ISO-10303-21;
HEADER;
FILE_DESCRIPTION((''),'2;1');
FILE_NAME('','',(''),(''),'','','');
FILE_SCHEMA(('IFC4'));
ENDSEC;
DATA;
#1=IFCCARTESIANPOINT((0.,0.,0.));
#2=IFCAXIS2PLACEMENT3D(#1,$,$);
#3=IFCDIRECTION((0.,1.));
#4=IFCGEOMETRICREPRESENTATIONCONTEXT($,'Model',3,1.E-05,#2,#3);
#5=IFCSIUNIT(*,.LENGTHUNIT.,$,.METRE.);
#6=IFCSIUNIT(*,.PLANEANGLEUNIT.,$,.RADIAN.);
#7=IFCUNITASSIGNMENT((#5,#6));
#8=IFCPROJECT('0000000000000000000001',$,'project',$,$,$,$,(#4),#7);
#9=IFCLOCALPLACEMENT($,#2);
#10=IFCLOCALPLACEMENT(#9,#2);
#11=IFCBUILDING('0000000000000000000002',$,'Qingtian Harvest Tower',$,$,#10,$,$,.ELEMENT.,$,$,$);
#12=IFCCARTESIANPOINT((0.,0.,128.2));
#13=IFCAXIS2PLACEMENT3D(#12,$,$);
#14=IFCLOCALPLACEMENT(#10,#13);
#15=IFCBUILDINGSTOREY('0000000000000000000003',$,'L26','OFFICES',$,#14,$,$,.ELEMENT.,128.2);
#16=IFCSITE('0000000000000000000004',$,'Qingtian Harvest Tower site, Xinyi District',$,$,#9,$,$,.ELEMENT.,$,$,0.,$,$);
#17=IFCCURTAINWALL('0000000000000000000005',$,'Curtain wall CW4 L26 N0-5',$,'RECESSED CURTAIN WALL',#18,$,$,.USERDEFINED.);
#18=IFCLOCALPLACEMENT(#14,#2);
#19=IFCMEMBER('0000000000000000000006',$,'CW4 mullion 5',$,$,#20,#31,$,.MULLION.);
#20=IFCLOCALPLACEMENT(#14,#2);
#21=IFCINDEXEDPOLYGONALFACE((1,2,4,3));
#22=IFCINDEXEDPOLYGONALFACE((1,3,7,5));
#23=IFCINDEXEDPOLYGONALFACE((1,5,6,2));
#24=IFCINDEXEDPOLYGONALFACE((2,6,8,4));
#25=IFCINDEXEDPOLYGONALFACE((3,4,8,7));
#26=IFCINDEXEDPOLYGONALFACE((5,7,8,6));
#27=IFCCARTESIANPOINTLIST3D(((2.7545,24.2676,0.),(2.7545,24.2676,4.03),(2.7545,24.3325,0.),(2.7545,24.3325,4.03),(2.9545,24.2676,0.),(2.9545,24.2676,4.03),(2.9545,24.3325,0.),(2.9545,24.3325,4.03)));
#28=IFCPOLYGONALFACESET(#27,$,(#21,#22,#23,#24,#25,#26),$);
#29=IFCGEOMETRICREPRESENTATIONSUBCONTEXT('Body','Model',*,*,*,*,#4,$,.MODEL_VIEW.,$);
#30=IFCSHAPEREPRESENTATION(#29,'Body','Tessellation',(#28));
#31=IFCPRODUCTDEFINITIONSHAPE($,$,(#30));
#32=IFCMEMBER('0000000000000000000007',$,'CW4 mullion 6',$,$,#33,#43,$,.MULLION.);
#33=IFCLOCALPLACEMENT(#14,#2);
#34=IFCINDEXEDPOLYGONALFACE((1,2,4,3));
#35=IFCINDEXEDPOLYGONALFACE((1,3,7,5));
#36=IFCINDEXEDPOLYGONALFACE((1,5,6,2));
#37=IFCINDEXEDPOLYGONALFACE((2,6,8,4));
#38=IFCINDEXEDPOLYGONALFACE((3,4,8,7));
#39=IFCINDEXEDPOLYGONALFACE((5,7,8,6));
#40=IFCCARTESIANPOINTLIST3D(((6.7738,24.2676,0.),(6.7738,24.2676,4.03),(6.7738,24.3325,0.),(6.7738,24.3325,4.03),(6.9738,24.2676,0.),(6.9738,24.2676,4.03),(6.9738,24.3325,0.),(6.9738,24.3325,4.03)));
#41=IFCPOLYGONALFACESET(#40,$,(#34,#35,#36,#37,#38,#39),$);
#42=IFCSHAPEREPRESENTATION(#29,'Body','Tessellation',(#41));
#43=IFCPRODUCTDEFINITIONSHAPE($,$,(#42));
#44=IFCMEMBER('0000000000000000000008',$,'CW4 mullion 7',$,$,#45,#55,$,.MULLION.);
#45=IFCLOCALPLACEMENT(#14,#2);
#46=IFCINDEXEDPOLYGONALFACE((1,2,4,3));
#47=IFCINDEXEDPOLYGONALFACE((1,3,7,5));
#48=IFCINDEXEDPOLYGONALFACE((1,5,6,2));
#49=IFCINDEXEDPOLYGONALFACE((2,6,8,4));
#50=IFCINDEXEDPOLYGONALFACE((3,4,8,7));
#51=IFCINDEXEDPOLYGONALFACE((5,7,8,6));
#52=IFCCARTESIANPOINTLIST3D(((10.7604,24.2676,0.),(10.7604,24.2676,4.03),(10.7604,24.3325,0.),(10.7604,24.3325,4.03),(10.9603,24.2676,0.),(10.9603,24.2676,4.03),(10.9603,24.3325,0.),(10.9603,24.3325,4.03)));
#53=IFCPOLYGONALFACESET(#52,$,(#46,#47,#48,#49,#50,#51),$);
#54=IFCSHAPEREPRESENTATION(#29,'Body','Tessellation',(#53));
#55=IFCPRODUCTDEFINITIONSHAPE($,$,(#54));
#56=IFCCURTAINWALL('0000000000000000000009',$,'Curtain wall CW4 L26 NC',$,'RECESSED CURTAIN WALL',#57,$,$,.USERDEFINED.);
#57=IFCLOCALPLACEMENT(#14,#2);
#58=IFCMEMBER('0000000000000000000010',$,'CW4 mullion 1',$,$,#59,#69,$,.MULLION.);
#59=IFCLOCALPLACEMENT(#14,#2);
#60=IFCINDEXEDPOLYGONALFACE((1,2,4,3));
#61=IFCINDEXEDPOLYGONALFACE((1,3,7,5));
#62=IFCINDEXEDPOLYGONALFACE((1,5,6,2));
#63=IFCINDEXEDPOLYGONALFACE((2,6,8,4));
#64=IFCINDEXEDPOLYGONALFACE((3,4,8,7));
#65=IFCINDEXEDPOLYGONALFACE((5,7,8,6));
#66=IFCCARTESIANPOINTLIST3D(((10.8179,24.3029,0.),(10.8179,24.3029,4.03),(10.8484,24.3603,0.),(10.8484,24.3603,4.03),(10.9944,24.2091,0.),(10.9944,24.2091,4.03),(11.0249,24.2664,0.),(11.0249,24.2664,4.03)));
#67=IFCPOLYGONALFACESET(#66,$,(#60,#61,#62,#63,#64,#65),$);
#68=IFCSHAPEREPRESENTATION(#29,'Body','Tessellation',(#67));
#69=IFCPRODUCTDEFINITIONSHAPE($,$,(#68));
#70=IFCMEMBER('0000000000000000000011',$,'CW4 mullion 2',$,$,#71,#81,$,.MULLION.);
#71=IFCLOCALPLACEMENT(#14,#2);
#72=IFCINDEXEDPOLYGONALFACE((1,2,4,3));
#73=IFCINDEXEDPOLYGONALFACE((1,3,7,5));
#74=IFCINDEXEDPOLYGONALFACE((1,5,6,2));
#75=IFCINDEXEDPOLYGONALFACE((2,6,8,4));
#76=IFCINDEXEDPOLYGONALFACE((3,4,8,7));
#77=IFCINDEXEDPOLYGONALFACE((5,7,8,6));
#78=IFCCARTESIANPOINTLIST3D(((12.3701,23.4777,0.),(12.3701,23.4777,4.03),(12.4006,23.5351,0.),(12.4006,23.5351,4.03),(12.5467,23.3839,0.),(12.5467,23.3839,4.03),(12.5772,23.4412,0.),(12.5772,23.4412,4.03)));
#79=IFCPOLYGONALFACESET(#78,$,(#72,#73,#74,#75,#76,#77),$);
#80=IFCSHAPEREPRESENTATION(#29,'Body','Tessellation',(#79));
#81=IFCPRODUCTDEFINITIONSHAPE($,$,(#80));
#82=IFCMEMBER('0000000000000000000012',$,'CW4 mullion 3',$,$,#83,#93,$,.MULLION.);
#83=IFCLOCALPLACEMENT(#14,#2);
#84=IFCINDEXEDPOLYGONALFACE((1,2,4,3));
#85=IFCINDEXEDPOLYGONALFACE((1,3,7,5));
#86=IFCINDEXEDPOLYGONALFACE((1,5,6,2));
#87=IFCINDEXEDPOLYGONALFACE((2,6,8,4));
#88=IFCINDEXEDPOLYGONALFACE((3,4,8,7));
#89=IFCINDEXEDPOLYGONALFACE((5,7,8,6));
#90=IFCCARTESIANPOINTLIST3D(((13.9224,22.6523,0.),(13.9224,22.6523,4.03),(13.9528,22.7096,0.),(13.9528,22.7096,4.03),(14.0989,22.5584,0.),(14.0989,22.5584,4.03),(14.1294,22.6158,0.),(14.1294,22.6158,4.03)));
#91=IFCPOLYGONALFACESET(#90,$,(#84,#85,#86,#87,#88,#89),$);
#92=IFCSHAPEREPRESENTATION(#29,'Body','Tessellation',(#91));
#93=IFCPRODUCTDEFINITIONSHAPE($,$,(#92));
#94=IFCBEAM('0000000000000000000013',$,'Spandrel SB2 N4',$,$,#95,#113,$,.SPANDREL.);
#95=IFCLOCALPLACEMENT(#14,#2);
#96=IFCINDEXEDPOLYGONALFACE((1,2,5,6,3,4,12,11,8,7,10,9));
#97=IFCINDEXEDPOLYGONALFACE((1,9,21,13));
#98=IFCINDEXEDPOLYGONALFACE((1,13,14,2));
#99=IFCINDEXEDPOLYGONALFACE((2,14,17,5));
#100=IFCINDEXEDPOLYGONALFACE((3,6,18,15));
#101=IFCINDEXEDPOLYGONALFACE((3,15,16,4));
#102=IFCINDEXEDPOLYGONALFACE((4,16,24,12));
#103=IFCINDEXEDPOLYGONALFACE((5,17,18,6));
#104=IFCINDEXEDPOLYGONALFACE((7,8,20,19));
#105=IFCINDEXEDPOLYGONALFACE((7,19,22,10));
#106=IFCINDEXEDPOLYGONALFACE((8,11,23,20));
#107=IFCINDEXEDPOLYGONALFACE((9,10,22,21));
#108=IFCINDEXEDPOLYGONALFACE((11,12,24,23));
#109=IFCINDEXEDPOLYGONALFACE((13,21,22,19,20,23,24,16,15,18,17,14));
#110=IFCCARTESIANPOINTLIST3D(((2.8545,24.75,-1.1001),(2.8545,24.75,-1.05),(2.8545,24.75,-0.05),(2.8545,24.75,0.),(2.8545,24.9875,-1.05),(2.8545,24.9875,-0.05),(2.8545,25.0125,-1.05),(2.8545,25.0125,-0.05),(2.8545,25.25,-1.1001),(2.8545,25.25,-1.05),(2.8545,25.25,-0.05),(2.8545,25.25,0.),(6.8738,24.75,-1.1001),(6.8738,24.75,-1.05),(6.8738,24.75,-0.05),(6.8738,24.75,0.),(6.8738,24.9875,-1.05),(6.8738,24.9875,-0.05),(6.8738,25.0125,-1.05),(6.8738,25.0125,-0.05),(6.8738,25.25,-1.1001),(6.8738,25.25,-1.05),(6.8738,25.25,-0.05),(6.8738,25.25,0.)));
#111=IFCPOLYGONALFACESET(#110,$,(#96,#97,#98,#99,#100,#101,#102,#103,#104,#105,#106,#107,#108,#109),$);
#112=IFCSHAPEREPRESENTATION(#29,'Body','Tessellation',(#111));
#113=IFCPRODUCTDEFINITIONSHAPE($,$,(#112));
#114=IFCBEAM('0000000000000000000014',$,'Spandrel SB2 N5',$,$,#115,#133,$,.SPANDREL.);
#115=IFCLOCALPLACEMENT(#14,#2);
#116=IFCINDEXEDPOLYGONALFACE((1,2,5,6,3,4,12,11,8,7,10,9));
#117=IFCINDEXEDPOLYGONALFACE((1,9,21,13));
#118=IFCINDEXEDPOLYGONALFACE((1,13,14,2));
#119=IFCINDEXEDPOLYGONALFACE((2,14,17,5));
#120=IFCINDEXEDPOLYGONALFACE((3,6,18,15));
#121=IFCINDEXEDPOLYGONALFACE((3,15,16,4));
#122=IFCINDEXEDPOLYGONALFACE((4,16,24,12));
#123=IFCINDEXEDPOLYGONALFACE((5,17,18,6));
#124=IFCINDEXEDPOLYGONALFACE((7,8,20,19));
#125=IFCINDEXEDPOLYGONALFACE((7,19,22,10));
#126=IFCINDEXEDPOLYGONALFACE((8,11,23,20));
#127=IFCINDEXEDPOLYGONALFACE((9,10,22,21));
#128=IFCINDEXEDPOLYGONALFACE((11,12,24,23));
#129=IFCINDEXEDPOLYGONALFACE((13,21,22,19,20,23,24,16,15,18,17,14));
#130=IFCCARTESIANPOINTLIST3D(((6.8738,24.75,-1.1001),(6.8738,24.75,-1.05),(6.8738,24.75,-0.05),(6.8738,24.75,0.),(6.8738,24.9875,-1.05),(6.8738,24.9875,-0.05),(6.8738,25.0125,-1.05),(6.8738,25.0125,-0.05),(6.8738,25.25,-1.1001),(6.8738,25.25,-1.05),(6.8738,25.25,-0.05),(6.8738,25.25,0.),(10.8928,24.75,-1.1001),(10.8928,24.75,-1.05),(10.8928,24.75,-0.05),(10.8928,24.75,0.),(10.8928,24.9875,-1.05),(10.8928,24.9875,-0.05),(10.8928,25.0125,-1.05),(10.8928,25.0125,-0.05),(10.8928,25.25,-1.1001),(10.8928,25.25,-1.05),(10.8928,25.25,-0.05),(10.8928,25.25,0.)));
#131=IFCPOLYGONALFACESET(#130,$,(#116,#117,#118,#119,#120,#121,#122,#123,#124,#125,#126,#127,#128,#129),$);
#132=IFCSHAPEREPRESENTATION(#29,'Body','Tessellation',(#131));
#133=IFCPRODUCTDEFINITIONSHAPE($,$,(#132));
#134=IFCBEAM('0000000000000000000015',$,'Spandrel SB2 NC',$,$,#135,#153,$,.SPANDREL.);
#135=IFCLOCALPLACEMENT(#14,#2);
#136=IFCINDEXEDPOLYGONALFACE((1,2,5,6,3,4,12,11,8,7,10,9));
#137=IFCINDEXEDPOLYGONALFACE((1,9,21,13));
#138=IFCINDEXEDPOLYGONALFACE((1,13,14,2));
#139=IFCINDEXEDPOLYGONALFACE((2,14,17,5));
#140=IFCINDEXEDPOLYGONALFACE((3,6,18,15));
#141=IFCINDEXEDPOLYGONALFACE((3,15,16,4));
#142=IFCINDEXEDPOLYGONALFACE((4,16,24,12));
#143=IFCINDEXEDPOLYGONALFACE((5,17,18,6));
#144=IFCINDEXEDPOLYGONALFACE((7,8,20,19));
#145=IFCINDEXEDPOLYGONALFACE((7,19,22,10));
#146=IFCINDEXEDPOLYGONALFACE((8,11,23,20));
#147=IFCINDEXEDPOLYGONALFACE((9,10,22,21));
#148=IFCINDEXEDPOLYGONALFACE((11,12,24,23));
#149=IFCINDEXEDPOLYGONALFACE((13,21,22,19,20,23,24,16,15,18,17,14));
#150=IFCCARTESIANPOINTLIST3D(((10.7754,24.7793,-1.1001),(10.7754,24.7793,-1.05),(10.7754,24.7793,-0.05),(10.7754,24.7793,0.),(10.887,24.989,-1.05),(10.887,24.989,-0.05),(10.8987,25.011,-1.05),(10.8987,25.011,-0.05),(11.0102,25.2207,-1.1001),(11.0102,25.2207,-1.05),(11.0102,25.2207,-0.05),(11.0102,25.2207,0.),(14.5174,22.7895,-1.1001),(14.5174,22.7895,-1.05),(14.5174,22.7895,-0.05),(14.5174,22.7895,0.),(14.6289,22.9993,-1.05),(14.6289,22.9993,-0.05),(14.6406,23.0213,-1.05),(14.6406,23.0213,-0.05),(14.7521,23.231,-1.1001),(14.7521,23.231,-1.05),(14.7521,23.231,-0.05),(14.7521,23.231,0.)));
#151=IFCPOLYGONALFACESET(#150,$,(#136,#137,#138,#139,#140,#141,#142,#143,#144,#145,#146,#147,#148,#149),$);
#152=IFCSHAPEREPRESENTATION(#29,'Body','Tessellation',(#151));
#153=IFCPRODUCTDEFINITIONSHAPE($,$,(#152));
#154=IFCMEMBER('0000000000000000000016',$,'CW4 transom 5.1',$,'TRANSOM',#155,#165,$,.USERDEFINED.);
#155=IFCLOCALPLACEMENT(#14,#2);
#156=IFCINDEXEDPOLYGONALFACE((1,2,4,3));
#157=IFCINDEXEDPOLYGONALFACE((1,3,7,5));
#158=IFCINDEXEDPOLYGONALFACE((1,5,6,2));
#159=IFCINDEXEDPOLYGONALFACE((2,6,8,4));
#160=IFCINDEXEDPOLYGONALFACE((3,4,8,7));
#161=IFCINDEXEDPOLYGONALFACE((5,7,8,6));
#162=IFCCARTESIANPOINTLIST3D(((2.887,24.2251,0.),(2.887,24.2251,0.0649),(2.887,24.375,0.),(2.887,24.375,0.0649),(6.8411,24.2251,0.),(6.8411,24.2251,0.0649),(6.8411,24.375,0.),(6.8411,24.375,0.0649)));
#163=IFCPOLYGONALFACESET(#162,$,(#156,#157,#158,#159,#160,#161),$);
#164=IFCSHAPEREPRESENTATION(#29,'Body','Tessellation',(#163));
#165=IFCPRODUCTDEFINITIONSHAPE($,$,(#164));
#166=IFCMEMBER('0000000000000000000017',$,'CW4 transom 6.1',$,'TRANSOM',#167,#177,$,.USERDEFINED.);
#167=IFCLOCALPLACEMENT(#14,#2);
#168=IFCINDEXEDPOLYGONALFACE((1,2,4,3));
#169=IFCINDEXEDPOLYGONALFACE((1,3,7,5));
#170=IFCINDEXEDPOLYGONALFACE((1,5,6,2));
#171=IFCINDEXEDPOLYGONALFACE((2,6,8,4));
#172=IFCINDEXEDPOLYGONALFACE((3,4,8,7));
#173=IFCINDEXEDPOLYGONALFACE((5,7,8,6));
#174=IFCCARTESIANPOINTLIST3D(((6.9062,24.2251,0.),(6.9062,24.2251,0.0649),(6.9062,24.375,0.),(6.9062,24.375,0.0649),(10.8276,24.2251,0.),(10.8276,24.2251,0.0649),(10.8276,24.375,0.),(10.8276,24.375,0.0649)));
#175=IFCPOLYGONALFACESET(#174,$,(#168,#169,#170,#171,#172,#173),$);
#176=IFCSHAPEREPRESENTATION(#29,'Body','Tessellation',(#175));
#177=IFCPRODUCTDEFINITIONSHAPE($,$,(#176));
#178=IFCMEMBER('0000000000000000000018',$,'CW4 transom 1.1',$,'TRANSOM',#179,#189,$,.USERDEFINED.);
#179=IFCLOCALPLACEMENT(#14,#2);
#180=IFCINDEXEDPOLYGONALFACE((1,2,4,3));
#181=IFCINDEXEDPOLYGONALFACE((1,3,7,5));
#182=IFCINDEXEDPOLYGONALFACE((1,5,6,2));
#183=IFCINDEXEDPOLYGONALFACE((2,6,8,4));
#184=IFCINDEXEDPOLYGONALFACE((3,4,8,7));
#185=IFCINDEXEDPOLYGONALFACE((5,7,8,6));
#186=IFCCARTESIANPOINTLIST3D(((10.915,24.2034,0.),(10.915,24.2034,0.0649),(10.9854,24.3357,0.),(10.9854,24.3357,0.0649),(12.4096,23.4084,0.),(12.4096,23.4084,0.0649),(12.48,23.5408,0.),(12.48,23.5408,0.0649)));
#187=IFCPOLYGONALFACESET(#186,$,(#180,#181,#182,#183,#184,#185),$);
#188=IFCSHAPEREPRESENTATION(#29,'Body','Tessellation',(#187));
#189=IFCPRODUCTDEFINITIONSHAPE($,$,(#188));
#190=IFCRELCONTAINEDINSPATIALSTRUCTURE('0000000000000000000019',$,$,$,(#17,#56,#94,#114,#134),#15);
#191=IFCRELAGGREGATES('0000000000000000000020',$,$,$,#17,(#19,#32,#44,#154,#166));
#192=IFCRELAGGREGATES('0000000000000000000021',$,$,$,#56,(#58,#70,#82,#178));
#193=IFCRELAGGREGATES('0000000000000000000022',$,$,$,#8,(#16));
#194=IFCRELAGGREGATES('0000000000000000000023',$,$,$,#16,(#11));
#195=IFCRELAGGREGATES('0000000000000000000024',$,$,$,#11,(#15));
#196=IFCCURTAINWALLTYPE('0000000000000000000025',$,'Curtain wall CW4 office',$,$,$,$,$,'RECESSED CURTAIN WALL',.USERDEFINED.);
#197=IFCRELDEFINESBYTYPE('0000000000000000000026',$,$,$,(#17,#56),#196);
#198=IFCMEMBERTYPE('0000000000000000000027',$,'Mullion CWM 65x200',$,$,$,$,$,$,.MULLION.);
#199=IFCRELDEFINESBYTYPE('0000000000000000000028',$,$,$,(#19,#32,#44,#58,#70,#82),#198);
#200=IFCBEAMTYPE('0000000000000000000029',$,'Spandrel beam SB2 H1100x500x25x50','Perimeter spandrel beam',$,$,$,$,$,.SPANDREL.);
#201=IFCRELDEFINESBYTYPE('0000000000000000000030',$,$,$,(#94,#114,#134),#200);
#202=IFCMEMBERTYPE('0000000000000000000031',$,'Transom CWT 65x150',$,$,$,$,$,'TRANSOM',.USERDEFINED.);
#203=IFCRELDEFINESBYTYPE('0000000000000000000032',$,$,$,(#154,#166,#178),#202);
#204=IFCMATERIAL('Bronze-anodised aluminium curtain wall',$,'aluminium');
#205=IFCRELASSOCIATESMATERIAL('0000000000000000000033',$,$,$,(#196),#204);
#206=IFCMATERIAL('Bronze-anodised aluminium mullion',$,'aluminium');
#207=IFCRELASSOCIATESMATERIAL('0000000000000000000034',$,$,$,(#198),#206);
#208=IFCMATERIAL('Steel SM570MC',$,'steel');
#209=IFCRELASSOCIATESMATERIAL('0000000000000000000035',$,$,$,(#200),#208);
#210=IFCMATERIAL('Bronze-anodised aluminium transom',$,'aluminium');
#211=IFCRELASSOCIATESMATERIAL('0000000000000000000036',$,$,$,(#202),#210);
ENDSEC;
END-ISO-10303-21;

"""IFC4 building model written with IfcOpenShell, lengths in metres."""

from ifc_helpers import new_model, si_unit, direction, frame, origin, origin_2d, place, context, subcontext, project, spatial, rectangle, i_section, extrude, material, material_profile, profile_set, type_object, element, aggregate, save


model = new_model("IFC4")

# Units and contexts
model_context = context("Model", 3, precision=1e-05, world=origin(), true_north=direction((0.0, 1.0)))
body_context = subcontext(model_context, "Body", "Model", "MODEL_VIEW")
ifc_project = project(units=[si_unit("LENGTHUNIT", "METRE"), si_unit("PLANEANGLEUNIT", "RADIAN")], contexts=[model_context])

# Site, building, storey
site_placement = place(None, origin())
site = spatial("IfcSite", under=ifc_project, at=site_placement, Name="Qingtian Harvest Tower site, Xinyi District", CompositionType="ELEMENT", RefElevation=0.0)
building_placement = place(site_placement, origin())
building = spatial("IfcBuilding", under=site, at=building_placement, Name="Qingtian Harvest Tower", CompositionType="ELEMENT")
storey_placement = place(building_placement, frame((0.0, 0.0, 128.2)))
storey = spatial("IfcBuildingStorey", under=building, at=storey_placement, Name="L26", Description="OFFICES", CompositionType="ELEMENT", Elevation=128.2)

# Curtain walls, members
ifc_material_1 = material(Name="Bronze-anodised aluminium curtain wall", Category="aluminium")
curtain_wall_type = type_object("IfcCurtainWallType", Name="Curtain wall CW4 office", ElementType="RECESSED CURTAIN WALL", PredefinedType="USERDEFINED", material=ifc_material_1)
curtain_wall_1_placement = place(storey_placement, origin())
curtain_wall_1 = element("IfcCurtainWall", 1, at=curtain_wall_1_placement, inside=storey, type_object=curtain_wall_type, Name="Curtain wall CW4 L26 N0-5", ObjectType="RECESSED CURTAIN WALL", PredefinedType="USERDEFINED")
ifc_material_2 = material(Name="Bronze-anodised aluminium mullion", Category="aluminium")
ifc_material_profile_1 = material_profile(ifc_material_2, rectangle(XDim=0.0649, YDim=0.2, at=origin_2d()), Name="AL 65x200")
ifc_profile_set_1 = profile_set([ifc_material_profile_1], Name="Bronze-anodised aluminium mullion")
member_type_1 = type_object("IfcMemberType", Name="Mullion CWM 65x200", PredefinedType="MULLION", material=ifc_profile_set_1)
member_1_placement = place(storey_placement, frame((2.8545, 24.3, 0.0), z_axis=(0.0, 0.0, 1.0), x_axis=(0.0, 1.0, 0.0)))
member_1 = element("IfcMember", 2, at=member_1_placement, type_object=member_type_1, Name="CW4 mullion 5", PredefinedType="MULLION", context=body_context, shape_type="SweptSolid", body=[
    extrude(rectangle(XDim=0.0649, YDim=0.2, at=origin_2d()), origin(), (0.0, 0.0, 1.0), 4.03),
])
member_2_placement = place(storey_placement, frame((6.8738, 24.3, 0.0), z_axis=(0.0, 0.0, 1.0), x_axis=(0.0, 1.0, 0.0)))
member_2 = element("IfcMember", 3, at=member_2_placement, type_object=member_type_1, Name="CW4 mullion 6", PredefinedType="MULLION", context=body_context, shape_type="SweptSolid", body=[
    extrude(rectangle(XDim=0.0649, YDim=0.2, at=origin_2d()), origin(), (0.0, 0.0, 1.0), 4.03),
])
member_3_placement = place(storey_placement, frame((10.8604, 24.3, 0.0), z_axis=(0.0, 0.0, 1.0), x_axis=(0.0, 1.0, 0.0)))
member_3 = element("IfcMember", 4, at=member_3_placement, type_object=member_type_1, Name="CW4 mullion 7", PredefinedType="MULLION", context=body_context, shape_type="SweptSolid", body=[
    extrude(rectangle(XDim=0.0649, YDim=0.2, at=origin_2d()), origin(), (0.0, 0.0, 1.0), 4.03),
])
curtain_wall_2_placement = place(storey_placement, origin())
curtain_wall_2 = element("IfcCurtainWall", 5, at=curtain_wall_2_placement, inside=storey, type_object=curtain_wall_type, Name="Curtain wall CW4 L26 NC", ObjectType="RECESSED CURTAIN WALL", PredefinedType="USERDEFINED")
member_4_placement = place(storey_placement, frame((10.9214, 24.2847, 0.0), z_axis=(0.0, 0.0, 1.0), x_axis=(0.469472, 0.882948, 0.0)))
member_4 = element("IfcMember", 6, at=member_4_placement, type_object=member_type_1, Name="CW4 mullion 1", PredefinedType="MULLION", context=body_context, shape_type="SweptSolid", body=[
    extrude(rectangle(XDim=0.0649, YDim=0.2, at=origin_2d()), origin(), (0.0, 0.0, 1.0), 4.03),
])
member_5_placement = place(storey_placement, frame((12.4736, 23.4595, 0.0), z_axis=(0.0, 0.0, 1.0), x_axis=(0.469472, 0.882948, 0.0)))
member_5 = element("IfcMember", 7, at=member_5_placement, type_object=member_type_1, Name="CW4 mullion 2", PredefinedType="MULLION", context=body_context, shape_type="SweptSolid", body=[
    extrude(rectangle(XDim=0.0649, YDim=0.2, at=origin_2d()), origin(), (0.0, 0.0, 1.0), 4.03),
])
member_6_placement = place(storey_placement, frame((14.0259, 22.634, 0.0), z_axis=(0.0, 0.0, 1.0), x_axis=(0.469472, 0.882948, 0.0)))
member_6 = element("IfcMember", 8, at=member_6_placement, type_object=member_type_1, Name="CW4 mullion 3", PredefinedType="MULLION", context=body_context, shape_type="SweptSolid", body=[
    extrude(rectangle(XDim=0.0649, YDim=0.2, at=origin_2d()), origin(), (0.0, 0.0, 1.0), 4.03),
])

# Beams
ifc_material_3 = material(Name="Steel SM570MC", Category="steel")
ifc_material_profile_2 = material_profile(ifc_material_3, i_section(OverallWidth=0.5, OverallDepth=1.1001, WebThickness=0.0249, FlangeThickness=0.05, at=origin_2d()), Name="H1100x500x25x50")
ifc_profile_set_2 = profile_set([ifc_material_profile_2], Name="Steel SM570MC")
beam_type_1 = type_object("IfcBeamType", Name="Spandrel beam SB2 H1100x500x25x50", Description="Perimeter spandrel beam", PredefinedType="SPANDREL", material=ifc_profile_set_2)
beam_1_placement = place(storey_placement, frame((2.8545, 25.0, -0.55), z_axis=(1.0, 0.0, 0.0), x_axis=(0.0, 1.0, 0.0)))
element("IfcBeam", 9, at=beam_1_placement, inside=storey, type_object=beam_type_1, Name="Spandrel SB2 N4", PredefinedType="SPANDREL", context=body_context, shape_type="SweptSolid", body=[
    extrude(i_section(OverallWidth=0.5, OverallDepth=1.1001, WebThickness=0.0249, FlangeThickness=0.05, at=origin_2d()), origin(), (0.0, 0.0, 1.0), 4.0193),
])
beam_2_placement = place(storey_placement, frame((6.8738, 25.0, -0.55), z_axis=(1.0, 0.0, 0.0), x_axis=(0.0, 1.0, 0.0)))
element("IfcBeam", 10, at=beam_2_placement, inside=storey, type_object=beam_type_1, Name="Spandrel SB2 N5", PredefinedType="SPANDREL", context=body_context, shape_type="SweptSolid", body=[
    extrude(i_section(OverallWidth=0.5, OverallDepth=1.1001, WebThickness=0.0249, FlangeThickness=0.05, at=origin_2d()), origin(), (0.0, 0.0, 1.0), 4.019),
])
beam_3_placement = place(storey_placement, frame((10.8928, 25.0, -0.55), z_axis=(0.882936, -0.469494, 0.0), x_axis=(0.469494, 0.882936, 0.0)))
element("IfcBeam", 11, at=beam_3_placement, inside=storey, type_object=beam_type_1, Name="Spandrel SB2 NC", PredefinedType="SPANDREL", context=body_context, shape_type="SweptSolid", body=[
    extrude(i_section(OverallWidth=0.5, OverallDepth=1.1001, WebThickness=0.0249, FlangeThickness=0.05, at=origin_2d()), origin(), (0.0, 0.0, 1.0), 4.238),
])

# Members
ifc_material_4 = material(Name="Bronze-anodised aluminium transom", Category="aluminium")
ifc_material_profile_3 = material_profile(ifc_material_4, rectangle(XDim=0.1499, YDim=0.0649, at=origin_2d()), Name="AL 65x150")
ifc_profile_set_3 = profile_set([ifc_material_profile_3], Name="Bronze-anodised aluminium transom")
member_type_2 = type_object("IfcMemberType", Name="Transom CWT 65x150", ElementType="TRANSOM", PredefinedType="USERDEFINED", material=ifc_profile_set_3)
member_7_placement = place(storey_placement, frame((2.887, 24.3, 0.0325), z_axis=(1.0, 0.0, 0.0), x_axis=(0.0, 1.0, 0.0)))
member_7 = element("IfcMember", 12, at=member_7_placement, type_object=member_type_2, Name="CW4 transom 5.1", ObjectType="TRANSOM", PredefinedType="USERDEFINED", context=body_context, shape_type="SweptSolid", body=[
    extrude(rectangle(XDim=0.1499, YDim=0.0649, at=origin_2d()), origin(), (0.0, 0.0, 1.0), 3.9541),
])
member_8_placement = place(storey_placement, frame((6.9062, 24.3, 0.0325), z_axis=(1.0, 0.0, 0.0), x_axis=(0.0, 1.0, 0.0)))
member_8 = element("IfcMember", 13, at=member_8_placement, type_object=member_type_2, Name="CW4 transom 6.1", ObjectType="TRANSOM", PredefinedType="USERDEFINED", context=body_context, shape_type="SweptSolid", body=[
    extrude(rectangle(XDim=0.1499, YDim=0.0649, at=origin_2d()), origin(), (0.0, 0.0, 1.0), 3.9214),
])
member_9_placement = place(storey_placement, frame((10.9502, 24.2695, 0.0325), z_axis=(0.882895, -0.46957, 0.0), x_axis=(0.46957, 0.882895, 0.0)))
member_9 = element("IfcMember", 14, at=member_9_placement, type_object=member_type_2, Name="CW4 transom 1.1", ObjectType="TRANSOM", PredefinedType="USERDEFINED", context=body_context, shape_type="SweptSolid", body=[
    extrude(rectangle(XDim=0.1499, YDim=0.0649, at=origin_2d()), origin(), (0.0, 0.0, 1.0), 1.6929),
])

aggregate(curtain_wall_1, [member_1, member_2, member_3, member_7, member_8])
aggregate(curtain_wall_2, [member_4, member_5, member_6, member_9])

save(model, "model.ifc")
